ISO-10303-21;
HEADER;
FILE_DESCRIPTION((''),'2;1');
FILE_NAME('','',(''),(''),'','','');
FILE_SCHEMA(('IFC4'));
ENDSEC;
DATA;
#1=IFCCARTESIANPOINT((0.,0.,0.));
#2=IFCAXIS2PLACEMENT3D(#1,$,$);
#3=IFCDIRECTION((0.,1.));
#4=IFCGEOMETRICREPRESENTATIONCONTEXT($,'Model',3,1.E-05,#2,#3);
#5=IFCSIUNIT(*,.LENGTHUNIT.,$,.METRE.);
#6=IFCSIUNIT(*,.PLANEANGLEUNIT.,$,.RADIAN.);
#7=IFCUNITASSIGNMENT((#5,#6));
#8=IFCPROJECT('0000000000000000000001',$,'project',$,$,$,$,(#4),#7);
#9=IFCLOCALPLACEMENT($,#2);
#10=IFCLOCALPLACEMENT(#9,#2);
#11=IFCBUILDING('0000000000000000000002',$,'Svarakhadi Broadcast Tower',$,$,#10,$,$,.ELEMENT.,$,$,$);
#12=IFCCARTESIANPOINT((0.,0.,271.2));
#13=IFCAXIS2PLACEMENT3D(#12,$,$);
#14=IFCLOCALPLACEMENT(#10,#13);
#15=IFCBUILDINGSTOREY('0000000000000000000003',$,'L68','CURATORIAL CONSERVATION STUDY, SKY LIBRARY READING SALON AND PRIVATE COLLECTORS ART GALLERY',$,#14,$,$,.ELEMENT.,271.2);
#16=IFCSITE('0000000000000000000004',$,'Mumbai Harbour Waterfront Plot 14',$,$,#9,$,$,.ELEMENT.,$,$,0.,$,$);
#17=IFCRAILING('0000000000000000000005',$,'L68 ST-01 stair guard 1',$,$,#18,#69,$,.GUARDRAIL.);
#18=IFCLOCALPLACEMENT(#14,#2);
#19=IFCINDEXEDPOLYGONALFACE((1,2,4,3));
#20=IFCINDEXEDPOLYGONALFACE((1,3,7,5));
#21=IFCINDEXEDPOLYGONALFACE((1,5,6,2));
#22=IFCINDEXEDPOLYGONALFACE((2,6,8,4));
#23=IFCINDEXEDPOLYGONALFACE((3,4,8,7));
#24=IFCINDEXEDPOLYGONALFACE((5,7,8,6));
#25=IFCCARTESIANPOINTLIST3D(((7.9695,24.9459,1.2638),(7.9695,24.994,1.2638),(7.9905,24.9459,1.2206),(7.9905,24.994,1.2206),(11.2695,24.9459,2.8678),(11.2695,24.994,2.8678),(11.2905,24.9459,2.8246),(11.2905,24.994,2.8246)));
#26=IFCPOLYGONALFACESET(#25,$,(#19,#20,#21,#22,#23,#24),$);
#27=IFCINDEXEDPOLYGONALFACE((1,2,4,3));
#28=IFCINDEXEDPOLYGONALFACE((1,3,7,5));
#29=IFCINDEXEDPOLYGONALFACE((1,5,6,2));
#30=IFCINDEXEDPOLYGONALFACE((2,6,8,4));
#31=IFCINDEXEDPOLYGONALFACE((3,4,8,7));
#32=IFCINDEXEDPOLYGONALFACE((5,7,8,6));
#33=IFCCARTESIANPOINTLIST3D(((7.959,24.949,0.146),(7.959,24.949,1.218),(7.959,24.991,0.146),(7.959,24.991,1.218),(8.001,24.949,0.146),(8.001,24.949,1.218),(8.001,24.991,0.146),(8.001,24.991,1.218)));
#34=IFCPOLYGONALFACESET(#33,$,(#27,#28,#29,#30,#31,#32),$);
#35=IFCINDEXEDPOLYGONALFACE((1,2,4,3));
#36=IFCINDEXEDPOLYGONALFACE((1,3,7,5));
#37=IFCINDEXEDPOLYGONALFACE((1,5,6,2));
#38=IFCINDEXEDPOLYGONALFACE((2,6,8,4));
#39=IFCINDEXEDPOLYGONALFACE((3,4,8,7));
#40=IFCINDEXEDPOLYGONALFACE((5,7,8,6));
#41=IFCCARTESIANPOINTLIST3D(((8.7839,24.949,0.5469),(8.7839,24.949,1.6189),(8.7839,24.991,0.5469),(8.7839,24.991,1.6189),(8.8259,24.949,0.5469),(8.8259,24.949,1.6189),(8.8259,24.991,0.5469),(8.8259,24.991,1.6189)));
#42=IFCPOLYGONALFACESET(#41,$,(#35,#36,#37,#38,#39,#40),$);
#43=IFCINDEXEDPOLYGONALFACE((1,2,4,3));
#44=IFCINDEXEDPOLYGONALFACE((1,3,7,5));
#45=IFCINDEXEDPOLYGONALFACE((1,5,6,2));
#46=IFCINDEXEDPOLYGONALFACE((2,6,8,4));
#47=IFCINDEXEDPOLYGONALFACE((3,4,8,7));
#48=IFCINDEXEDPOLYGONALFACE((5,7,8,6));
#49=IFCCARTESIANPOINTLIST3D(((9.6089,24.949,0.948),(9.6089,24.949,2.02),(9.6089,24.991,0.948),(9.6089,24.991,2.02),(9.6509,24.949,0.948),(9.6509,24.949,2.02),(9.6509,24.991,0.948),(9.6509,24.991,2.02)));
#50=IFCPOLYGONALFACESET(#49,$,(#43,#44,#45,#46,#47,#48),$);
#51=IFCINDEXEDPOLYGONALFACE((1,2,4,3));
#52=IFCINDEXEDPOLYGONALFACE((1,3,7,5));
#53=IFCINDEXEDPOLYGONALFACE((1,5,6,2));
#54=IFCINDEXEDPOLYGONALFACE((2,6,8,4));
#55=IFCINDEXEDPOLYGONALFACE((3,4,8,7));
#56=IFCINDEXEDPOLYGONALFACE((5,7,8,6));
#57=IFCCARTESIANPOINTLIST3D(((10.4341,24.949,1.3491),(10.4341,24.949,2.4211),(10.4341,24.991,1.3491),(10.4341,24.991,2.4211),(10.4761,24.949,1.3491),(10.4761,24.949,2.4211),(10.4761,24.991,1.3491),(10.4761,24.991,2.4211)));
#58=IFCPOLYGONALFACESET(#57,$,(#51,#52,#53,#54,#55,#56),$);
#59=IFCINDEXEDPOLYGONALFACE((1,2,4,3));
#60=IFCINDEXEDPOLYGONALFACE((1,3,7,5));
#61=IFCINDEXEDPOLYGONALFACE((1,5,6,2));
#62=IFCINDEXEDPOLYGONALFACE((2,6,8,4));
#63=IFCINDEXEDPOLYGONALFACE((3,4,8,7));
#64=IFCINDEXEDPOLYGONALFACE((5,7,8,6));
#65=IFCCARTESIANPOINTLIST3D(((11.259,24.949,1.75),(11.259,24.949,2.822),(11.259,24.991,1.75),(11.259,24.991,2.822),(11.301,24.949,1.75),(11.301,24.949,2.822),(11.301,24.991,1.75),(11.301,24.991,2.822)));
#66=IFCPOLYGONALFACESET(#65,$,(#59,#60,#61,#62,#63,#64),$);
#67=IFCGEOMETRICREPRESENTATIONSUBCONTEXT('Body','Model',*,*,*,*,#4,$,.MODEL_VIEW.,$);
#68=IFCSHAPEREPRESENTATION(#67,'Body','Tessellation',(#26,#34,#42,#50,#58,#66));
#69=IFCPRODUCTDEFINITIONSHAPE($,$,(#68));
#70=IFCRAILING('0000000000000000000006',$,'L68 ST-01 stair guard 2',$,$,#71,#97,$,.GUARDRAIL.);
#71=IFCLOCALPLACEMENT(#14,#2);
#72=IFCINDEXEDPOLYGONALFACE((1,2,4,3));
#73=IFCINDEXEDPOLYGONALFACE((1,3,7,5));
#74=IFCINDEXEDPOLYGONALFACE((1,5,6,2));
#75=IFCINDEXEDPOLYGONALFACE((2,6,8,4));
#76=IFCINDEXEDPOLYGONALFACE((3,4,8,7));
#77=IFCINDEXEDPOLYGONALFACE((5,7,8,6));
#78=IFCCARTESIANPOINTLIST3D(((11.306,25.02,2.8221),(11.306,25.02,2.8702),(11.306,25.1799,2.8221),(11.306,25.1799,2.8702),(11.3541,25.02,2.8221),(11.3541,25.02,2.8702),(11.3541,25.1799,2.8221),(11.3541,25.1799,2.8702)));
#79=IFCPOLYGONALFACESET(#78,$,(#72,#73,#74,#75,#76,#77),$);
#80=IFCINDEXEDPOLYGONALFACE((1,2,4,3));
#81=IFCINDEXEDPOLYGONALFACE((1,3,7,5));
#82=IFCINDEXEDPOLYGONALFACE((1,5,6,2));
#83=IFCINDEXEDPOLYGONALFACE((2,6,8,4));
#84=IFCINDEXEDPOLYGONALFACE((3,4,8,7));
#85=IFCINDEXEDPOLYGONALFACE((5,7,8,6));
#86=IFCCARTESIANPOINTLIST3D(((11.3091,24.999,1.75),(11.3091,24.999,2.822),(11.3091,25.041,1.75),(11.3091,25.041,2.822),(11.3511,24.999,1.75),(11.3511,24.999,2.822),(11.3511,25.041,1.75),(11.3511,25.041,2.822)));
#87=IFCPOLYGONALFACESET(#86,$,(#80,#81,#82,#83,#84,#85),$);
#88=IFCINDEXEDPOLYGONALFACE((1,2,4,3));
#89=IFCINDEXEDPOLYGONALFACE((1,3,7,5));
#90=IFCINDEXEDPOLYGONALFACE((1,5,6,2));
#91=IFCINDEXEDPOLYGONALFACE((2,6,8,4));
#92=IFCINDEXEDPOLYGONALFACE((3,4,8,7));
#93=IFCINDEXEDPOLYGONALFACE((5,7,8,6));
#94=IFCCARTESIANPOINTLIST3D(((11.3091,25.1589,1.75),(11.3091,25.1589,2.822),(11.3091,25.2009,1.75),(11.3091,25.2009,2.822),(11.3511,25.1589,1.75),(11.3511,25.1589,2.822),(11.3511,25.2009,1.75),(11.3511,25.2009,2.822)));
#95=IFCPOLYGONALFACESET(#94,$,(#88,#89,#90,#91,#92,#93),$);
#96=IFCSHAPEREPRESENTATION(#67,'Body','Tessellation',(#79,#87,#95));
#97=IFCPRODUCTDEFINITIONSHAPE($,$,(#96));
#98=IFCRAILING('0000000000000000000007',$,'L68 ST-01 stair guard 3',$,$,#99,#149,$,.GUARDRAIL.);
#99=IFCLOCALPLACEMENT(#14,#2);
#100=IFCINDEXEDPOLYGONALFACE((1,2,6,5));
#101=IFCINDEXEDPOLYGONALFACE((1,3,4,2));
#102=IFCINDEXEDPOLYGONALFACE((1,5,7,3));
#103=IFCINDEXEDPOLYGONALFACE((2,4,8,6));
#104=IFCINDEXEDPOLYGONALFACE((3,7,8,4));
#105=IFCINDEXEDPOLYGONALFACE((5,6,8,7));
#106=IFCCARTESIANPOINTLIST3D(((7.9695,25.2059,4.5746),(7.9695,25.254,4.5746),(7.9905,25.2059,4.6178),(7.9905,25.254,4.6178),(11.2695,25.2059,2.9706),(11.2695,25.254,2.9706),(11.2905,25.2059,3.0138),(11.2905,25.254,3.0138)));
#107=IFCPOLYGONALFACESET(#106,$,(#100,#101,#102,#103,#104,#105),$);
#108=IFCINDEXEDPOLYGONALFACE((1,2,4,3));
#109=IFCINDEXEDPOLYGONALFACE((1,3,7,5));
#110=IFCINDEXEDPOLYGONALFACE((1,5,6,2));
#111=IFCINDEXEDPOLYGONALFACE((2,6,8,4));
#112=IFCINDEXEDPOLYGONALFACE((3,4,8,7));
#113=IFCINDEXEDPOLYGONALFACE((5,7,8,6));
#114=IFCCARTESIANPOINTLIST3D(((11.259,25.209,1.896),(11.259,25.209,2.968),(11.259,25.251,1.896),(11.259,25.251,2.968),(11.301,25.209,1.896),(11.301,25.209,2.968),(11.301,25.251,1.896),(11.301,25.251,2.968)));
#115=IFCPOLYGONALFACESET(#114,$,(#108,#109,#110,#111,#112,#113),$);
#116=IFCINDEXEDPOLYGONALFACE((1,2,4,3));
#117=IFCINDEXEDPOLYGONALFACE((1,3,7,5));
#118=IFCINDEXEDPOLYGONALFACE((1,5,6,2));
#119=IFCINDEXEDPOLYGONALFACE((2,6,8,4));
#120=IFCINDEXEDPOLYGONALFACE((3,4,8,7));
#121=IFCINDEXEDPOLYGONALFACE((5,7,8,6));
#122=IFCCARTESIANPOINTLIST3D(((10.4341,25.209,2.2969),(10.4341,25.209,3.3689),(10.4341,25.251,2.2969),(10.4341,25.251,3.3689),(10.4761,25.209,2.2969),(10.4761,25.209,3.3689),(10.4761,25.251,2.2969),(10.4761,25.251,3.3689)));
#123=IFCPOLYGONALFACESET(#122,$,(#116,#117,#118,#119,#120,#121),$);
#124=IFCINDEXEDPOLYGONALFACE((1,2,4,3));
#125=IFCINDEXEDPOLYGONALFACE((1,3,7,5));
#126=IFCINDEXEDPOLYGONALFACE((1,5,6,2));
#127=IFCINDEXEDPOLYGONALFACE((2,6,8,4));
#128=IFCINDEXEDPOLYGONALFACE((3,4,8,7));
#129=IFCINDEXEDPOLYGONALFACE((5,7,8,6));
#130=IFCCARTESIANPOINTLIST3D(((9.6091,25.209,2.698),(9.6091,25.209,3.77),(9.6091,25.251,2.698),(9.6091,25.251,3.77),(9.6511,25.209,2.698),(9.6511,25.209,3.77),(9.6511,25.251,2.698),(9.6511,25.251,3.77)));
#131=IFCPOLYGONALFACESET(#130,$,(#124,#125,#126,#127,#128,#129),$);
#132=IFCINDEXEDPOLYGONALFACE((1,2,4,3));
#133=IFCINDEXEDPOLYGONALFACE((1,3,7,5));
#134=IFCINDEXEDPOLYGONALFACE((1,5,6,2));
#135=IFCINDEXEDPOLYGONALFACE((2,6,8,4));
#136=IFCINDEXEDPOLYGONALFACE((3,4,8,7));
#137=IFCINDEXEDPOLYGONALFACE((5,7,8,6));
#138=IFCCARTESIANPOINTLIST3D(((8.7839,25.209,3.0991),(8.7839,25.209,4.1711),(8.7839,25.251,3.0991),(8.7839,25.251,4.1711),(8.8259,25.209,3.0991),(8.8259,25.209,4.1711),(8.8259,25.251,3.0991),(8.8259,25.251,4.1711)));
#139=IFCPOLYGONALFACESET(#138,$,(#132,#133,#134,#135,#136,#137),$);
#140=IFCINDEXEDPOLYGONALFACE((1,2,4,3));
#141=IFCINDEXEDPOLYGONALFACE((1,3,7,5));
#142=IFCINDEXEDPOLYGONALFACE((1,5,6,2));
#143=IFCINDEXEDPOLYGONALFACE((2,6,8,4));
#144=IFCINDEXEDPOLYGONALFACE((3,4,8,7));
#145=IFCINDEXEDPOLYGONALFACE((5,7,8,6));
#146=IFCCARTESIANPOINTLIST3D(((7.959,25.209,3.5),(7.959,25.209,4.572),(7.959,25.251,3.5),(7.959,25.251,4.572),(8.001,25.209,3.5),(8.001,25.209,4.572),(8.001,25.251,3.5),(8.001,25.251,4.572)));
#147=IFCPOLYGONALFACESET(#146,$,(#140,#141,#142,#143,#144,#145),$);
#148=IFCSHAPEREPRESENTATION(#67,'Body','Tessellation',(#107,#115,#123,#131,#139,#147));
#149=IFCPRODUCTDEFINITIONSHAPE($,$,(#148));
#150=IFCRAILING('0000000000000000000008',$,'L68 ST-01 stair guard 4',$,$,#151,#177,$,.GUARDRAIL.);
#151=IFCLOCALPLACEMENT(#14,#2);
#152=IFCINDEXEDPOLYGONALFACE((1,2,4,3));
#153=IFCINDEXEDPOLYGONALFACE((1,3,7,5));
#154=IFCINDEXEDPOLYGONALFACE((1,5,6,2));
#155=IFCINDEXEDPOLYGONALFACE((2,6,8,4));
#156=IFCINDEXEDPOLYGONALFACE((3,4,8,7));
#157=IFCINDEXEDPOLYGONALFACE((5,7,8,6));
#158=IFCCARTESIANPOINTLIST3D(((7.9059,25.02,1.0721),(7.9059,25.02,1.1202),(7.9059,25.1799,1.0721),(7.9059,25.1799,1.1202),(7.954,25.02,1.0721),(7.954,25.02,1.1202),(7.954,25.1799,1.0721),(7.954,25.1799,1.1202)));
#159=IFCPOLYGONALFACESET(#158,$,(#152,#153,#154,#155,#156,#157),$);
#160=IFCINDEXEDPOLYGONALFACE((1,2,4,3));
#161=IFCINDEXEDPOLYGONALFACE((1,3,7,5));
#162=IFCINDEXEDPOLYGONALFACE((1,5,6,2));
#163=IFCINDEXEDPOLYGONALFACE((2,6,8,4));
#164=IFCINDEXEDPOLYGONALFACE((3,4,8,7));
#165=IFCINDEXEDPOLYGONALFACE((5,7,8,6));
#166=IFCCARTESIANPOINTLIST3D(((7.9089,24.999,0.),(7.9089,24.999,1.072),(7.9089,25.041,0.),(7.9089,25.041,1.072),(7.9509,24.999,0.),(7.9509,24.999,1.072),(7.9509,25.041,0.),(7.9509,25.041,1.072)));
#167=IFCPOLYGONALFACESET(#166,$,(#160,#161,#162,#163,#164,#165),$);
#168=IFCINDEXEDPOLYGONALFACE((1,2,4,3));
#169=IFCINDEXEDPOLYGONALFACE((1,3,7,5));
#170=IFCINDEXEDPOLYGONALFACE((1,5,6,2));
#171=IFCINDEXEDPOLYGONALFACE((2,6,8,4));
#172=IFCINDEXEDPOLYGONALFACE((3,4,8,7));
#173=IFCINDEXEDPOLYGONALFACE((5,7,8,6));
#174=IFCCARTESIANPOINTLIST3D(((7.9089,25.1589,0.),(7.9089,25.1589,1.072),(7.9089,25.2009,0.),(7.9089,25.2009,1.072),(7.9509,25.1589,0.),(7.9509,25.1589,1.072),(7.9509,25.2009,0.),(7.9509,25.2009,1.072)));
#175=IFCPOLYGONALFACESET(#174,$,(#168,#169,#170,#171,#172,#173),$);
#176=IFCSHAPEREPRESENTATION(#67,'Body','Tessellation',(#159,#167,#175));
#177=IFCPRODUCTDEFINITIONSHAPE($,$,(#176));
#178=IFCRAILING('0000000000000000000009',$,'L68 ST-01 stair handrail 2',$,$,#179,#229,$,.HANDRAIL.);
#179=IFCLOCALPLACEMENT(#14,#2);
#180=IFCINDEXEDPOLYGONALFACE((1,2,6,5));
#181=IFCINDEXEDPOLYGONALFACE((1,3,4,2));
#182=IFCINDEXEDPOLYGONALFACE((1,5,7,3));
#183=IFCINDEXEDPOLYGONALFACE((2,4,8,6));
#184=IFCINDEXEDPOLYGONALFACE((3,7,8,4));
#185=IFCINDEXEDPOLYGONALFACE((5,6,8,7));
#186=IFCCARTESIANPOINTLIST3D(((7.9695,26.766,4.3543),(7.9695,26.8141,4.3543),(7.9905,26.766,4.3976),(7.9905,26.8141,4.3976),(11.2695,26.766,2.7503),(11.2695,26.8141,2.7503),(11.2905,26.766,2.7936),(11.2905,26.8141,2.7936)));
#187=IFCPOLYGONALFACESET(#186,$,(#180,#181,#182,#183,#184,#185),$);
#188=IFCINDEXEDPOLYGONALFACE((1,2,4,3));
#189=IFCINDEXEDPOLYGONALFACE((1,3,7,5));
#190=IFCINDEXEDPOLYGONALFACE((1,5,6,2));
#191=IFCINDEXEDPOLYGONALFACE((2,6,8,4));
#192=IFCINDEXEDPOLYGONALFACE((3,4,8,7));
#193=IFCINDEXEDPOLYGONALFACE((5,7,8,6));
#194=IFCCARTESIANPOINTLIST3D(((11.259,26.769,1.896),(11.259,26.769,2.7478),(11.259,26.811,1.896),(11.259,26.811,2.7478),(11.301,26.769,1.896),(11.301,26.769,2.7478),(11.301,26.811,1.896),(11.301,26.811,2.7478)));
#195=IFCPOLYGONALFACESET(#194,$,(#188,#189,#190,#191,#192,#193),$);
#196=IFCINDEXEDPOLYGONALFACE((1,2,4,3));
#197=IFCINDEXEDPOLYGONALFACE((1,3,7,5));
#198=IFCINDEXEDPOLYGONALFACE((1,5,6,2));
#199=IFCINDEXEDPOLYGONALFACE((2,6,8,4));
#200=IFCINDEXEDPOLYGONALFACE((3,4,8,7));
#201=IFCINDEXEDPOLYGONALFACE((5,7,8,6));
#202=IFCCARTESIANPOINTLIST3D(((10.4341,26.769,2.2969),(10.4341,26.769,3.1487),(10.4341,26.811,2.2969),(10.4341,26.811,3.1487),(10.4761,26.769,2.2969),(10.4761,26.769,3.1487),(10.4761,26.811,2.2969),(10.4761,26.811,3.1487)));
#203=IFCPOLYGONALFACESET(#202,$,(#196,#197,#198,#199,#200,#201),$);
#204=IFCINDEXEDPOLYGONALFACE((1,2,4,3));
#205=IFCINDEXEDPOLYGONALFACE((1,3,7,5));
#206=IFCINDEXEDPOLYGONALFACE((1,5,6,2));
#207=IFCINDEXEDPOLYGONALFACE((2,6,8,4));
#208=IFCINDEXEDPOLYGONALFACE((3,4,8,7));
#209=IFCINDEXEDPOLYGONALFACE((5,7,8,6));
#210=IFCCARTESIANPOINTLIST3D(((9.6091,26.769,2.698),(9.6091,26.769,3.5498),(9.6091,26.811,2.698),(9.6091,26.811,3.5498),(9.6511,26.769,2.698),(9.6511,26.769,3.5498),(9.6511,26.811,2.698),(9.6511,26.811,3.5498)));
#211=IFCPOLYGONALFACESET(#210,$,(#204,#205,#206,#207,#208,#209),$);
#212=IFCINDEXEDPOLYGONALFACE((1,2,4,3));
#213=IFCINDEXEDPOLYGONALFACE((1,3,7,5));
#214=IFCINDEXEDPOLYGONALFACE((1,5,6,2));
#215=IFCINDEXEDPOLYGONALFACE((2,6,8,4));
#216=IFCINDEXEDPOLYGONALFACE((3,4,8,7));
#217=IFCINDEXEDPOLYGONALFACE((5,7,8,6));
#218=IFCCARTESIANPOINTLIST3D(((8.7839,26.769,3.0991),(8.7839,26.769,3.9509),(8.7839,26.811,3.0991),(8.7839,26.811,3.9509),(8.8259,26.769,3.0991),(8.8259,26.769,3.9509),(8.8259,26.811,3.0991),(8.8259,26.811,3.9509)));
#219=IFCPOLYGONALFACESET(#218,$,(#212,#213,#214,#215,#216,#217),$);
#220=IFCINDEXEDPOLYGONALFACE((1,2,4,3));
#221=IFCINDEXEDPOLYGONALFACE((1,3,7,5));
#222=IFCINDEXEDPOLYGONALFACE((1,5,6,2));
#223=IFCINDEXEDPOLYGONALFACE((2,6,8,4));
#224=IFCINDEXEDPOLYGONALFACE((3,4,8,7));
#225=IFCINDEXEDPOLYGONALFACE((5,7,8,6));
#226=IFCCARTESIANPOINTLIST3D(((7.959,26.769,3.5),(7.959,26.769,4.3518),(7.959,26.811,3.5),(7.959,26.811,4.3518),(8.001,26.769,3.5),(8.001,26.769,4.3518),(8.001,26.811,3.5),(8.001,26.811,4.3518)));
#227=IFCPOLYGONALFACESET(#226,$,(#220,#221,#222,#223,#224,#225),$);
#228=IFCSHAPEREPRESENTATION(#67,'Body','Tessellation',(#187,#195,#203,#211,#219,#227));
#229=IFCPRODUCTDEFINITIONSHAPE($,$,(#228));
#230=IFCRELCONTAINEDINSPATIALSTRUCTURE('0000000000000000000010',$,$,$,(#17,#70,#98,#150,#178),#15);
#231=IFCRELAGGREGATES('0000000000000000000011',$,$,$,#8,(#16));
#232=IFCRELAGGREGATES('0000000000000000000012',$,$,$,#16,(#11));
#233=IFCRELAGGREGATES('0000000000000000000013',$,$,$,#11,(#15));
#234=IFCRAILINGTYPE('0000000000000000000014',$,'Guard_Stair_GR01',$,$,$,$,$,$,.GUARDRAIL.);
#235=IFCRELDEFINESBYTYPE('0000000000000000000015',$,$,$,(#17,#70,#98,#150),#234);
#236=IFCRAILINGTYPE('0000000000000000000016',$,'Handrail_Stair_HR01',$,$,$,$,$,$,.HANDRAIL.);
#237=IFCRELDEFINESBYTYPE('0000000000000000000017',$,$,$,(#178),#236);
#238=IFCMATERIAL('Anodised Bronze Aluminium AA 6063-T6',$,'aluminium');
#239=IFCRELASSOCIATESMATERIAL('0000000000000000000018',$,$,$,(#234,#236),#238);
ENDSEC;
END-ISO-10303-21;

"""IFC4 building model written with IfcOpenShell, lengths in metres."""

from ifc_helpers import new_model, si_unit, direction, frame, origin, origin_2d, place, context, subcontext, project, spatial, rectangle, extrude, material, type_object, element, save


model = new_model("IFC4")

# Units and contexts
model_context = context("Model", 3, precision=1e-05, world=origin(), true_north=direction((0.0, 1.0)))
body_context = subcontext(model_context, "Body", "Model", "MODEL_VIEW")
ifc_project = project(units=[si_unit("LENGTHUNIT", "METRE"), si_unit("PLANEANGLEUNIT", "RADIAN")], contexts=[model_context])

# Site, building, storey
site_placement = place(None, origin())
site = spatial("IfcSite", under=ifc_project, at=site_placement, Name="Mumbai Harbour Waterfront Plot 14", CompositionType="ELEMENT", RefElevation=0.0)
building_placement = place(site_placement, origin())
building = spatial("IfcBuilding", under=site, at=building_placement, Name="Svarakhadi Broadcast Tower", CompositionType="ELEMENT")
storey_placement = place(building_placement, frame((0.0, 0.0, 271.2)))
storey = spatial("IfcBuildingStorey", under=building, at=storey_placement, Name="L68", Description="CURATORIAL CONSERVATION STUDY, SKY LIBRARY READING SALON AND PRIVATE COLLECTORS ART GALLERY", CompositionType="ELEMENT", Elevation=271.2)

# Shared definitions
ifc_material_1 = material(Name="Anodised Bronze Aluminium AA 6063-T6", Category="aluminium")

# Railings
railing_type_1 = type_object("IfcRailingType", Name="Guard_Stair_GR01", PredefinedType="GUARDRAIL", material=ifc_material_1)
railing_1_placement = place(storey_placement, frame((7.98, 24.97, 0.146)))
element("IfcRailing", 1, at=railing_1_placement, inside=storey, type_object=railing_type_1, Name="L68 ST-01 stair guard 1", PredefinedType="GUARDRAIL", context=body_context, shape_type="SweptSolid", body=[
    extrude(rectangle(XDim=0.0481, YDim=0.0481, at=origin_2d()), frame((0.0, 0.0, 1.0962), z_axis=(0.899388, 0.0, 0.437152), x_axis=(0.0, 1.0, 0.0)), (0.0, 0.0, 1.0), 3.6692),
    extrude(rectangle(XDim=0.042, YDim=0.042, at=origin_2d()), origin(), (0.0, 0.0, 1.0), 1.072),
    extrude(rectangle(XDim=0.042, YDim=0.042, at=origin_2d()), frame((0.825, 0.0, 0.4009)), (0.0, 0.0, 1.0), 1.072),
    extrude(rectangle(XDim=0.042, YDim=0.042, at=origin_2d()), frame((1.6499, 0.0, 0.802)), (0.0, 0.0, 1.0), 1.072),
    extrude(rectangle(XDim=0.042, YDim=0.042, at=origin_2d()), frame((2.4751, 0.0, 1.2031)), (0.0, 0.0, 1.0), 1.072),
    extrude(rectangle(XDim=0.042, YDim=0.042, at=origin_2d()), frame((3.3, 0.0, 1.604)), (0.0, 0.0, 1.0), 1.072),
])
railing_2_placement = place(storey_placement, frame((11.3301, 25.02, 1.75)))
element("IfcRailing", 2, at=railing_2_placement, inside=storey, type_object=railing_type_1, Name="L68 ST-01 stair guard 2", PredefinedType="GUARDRAIL", context=body_context, shape_type="SweptSolid", body=[
    extrude(rectangle(XDim=0.0481, YDim=0.0481, at=origin_2d()), frame((0.0, 0.0, 1.0962), z_axis=(0.0, 1.0, 0.0), x_axis=(-1.0, 0.0, 0.0)), (0.0, 0.0, 1.0), 0.1599),
    extrude(rectangle(XDim=0.042, YDim=0.042, at=origin_2d()), origin(), (0.0, 0.0, 1.0), 1.072),
    extrude(rectangle(XDim=0.042, YDim=0.042, at=origin_2d()), frame((0.0, 0.1599, 0.0)), (0.0, 0.0, 1.0), 1.072),
])
railing_3_placement = place(storey_placement, frame((11.28, 25.23, 1.896)))
element("IfcRailing", 3, at=railing_3_placement, inside=storey, type_object=railing_type_1, Name="L68 ST-01 stair guard 3", PredefinedType="GUARDRAIL", context=body_context, shape_type="SweptSolid", body=[
    extrude(rectangle(XDim=0.0481, YDim=0.0481, at=origin_2d()), frame((0.0, 0.0, 1.0962), z_axis=(-0.899388, 0.0, 0.437152), x_axis=(0.0, -1.0, 0.0)), (0.0, 0.0, 1.0), 3.6692),
    extrude(rectangle(XDim=0.042, YDim=0.042, at=origin_2d()), origin(), (0.0, 0.0, 1.0), 1.072),
    extrude(rectangle(XDim=0.042, YDim=0.042, at=origin_2d()), frame((-0.825, 0.0, 0.4009)), (0.0, 0.0, 1.0), 1.072),
    extrude(rectangle(XDim=0.042, YDim=0.042, at=origin_2d()), frame((-1.6499, 0.0, 0.802)), (0.0, 0.0, 1.0), 1.072),
    extrude(rectangle(XDim=0.042, YDim=0.042, at=origin_2d()), frame((-2.4751, 0.0, 1.2031)), (0.0, 0.0, 1.0), 1.072),
    extrude(rectangle(XDim=0.042, YDim=0.042, at=origin_2d()), frame((-3.3, 0.0, 1.604)), (0.0, 0.0, 1.0), 1.072),
])
railing_4_placement = place(storey_placement, frame((7.9299, 25.02, 0.0)))
element("IfcRailing", 4, at=railing_4_placement, inside=storey, type_object=railing_type_1, Name="L68 ST-01 stair guard 4", PredefinedType="GUARDRAIL", context=body_context, shape_type="SweptSolid", body=[
    extrude(rectangle(XDim=0.0481, YDim=0.0481, at=origin_2d()), frame((0.0, 0.0, 1.0962), z_axis=(0.0, 1.0, 0.0), x_axis=(-1.0, 0.0, 0.0)), (0.0, 0.0, 1.0), 0.1599),
    extrude(rectangle(XDim=0.042, YDim=0.042, at=origin_2d()), origin(), (0.0, 0.0, 1.0), 1.072),
    extrude(rectangle(XDim=0.042, YDim=0.042, at=origin_2d()), frame((0.0, 0.1599, 0.0)), (0.0, 0.0, 1.0), 1.072),
])
railing_type_2 = type_object("IfcRailingType", Name="Handrail_Stair_HR01", PredefinedType="HANDRAIL", material=ifc_material_1)
railing_5_placement = place(storey_placement, frame((11.28, 26.79, 1.896)))
element("IfcRailing", 5, at=railing_5_placement, inside=storey, type_object=railing_type_2, Name="L68 ST-01 stair handrail 2", PredefinedType="HANDRAIL", context=body_context, shape_type="SweptSolid", body=[
    extrude(rectangle(XDim=0.0481, YDim=0.0481, at=origin_2d()), frame((0.0, 0.0, 0.876), z_axis=(-0.899388, 0.0, 0.437152), x_axis=(0.0, -1.0, 0.0)), (0.0, 0.0, 1.0), 3.6692),
    extrude(rectangle(XDim=0.042, YDim=0.042, at=origin_2d()), origin(), (0.0, 0.0, 1.0), 0.8518),
    extrude(rectangle(XDim=0.042, YDim=0.042, at=origin_2d()), frame((-0.825, 0.0, 0.4009)), (0.0, 0.0, 1.0), 0.8518),
    extrude(rectangle(XDim=0.042, YDim=0.042, at=origin_2d()), frame((-1.6499, 0.0, 0.802)), (0.0, 0.0, 1.0), 0.8518),
    extrude(rectangle(XDim=0.042, YDim=0.042, at=origin_2d()), frame((-2.4751, 0.0, 1.2031)), (0.0, 0.0, 1.0), 0.8518),
    extrude(rectangle(XDim=0.042, YDim=0.042, at=origin_2d()), frame((-3.3, 0.0, 1.604)), (0.0, 0.0, 1.0), 0.8518),
])

save(model, "model.ifc")
